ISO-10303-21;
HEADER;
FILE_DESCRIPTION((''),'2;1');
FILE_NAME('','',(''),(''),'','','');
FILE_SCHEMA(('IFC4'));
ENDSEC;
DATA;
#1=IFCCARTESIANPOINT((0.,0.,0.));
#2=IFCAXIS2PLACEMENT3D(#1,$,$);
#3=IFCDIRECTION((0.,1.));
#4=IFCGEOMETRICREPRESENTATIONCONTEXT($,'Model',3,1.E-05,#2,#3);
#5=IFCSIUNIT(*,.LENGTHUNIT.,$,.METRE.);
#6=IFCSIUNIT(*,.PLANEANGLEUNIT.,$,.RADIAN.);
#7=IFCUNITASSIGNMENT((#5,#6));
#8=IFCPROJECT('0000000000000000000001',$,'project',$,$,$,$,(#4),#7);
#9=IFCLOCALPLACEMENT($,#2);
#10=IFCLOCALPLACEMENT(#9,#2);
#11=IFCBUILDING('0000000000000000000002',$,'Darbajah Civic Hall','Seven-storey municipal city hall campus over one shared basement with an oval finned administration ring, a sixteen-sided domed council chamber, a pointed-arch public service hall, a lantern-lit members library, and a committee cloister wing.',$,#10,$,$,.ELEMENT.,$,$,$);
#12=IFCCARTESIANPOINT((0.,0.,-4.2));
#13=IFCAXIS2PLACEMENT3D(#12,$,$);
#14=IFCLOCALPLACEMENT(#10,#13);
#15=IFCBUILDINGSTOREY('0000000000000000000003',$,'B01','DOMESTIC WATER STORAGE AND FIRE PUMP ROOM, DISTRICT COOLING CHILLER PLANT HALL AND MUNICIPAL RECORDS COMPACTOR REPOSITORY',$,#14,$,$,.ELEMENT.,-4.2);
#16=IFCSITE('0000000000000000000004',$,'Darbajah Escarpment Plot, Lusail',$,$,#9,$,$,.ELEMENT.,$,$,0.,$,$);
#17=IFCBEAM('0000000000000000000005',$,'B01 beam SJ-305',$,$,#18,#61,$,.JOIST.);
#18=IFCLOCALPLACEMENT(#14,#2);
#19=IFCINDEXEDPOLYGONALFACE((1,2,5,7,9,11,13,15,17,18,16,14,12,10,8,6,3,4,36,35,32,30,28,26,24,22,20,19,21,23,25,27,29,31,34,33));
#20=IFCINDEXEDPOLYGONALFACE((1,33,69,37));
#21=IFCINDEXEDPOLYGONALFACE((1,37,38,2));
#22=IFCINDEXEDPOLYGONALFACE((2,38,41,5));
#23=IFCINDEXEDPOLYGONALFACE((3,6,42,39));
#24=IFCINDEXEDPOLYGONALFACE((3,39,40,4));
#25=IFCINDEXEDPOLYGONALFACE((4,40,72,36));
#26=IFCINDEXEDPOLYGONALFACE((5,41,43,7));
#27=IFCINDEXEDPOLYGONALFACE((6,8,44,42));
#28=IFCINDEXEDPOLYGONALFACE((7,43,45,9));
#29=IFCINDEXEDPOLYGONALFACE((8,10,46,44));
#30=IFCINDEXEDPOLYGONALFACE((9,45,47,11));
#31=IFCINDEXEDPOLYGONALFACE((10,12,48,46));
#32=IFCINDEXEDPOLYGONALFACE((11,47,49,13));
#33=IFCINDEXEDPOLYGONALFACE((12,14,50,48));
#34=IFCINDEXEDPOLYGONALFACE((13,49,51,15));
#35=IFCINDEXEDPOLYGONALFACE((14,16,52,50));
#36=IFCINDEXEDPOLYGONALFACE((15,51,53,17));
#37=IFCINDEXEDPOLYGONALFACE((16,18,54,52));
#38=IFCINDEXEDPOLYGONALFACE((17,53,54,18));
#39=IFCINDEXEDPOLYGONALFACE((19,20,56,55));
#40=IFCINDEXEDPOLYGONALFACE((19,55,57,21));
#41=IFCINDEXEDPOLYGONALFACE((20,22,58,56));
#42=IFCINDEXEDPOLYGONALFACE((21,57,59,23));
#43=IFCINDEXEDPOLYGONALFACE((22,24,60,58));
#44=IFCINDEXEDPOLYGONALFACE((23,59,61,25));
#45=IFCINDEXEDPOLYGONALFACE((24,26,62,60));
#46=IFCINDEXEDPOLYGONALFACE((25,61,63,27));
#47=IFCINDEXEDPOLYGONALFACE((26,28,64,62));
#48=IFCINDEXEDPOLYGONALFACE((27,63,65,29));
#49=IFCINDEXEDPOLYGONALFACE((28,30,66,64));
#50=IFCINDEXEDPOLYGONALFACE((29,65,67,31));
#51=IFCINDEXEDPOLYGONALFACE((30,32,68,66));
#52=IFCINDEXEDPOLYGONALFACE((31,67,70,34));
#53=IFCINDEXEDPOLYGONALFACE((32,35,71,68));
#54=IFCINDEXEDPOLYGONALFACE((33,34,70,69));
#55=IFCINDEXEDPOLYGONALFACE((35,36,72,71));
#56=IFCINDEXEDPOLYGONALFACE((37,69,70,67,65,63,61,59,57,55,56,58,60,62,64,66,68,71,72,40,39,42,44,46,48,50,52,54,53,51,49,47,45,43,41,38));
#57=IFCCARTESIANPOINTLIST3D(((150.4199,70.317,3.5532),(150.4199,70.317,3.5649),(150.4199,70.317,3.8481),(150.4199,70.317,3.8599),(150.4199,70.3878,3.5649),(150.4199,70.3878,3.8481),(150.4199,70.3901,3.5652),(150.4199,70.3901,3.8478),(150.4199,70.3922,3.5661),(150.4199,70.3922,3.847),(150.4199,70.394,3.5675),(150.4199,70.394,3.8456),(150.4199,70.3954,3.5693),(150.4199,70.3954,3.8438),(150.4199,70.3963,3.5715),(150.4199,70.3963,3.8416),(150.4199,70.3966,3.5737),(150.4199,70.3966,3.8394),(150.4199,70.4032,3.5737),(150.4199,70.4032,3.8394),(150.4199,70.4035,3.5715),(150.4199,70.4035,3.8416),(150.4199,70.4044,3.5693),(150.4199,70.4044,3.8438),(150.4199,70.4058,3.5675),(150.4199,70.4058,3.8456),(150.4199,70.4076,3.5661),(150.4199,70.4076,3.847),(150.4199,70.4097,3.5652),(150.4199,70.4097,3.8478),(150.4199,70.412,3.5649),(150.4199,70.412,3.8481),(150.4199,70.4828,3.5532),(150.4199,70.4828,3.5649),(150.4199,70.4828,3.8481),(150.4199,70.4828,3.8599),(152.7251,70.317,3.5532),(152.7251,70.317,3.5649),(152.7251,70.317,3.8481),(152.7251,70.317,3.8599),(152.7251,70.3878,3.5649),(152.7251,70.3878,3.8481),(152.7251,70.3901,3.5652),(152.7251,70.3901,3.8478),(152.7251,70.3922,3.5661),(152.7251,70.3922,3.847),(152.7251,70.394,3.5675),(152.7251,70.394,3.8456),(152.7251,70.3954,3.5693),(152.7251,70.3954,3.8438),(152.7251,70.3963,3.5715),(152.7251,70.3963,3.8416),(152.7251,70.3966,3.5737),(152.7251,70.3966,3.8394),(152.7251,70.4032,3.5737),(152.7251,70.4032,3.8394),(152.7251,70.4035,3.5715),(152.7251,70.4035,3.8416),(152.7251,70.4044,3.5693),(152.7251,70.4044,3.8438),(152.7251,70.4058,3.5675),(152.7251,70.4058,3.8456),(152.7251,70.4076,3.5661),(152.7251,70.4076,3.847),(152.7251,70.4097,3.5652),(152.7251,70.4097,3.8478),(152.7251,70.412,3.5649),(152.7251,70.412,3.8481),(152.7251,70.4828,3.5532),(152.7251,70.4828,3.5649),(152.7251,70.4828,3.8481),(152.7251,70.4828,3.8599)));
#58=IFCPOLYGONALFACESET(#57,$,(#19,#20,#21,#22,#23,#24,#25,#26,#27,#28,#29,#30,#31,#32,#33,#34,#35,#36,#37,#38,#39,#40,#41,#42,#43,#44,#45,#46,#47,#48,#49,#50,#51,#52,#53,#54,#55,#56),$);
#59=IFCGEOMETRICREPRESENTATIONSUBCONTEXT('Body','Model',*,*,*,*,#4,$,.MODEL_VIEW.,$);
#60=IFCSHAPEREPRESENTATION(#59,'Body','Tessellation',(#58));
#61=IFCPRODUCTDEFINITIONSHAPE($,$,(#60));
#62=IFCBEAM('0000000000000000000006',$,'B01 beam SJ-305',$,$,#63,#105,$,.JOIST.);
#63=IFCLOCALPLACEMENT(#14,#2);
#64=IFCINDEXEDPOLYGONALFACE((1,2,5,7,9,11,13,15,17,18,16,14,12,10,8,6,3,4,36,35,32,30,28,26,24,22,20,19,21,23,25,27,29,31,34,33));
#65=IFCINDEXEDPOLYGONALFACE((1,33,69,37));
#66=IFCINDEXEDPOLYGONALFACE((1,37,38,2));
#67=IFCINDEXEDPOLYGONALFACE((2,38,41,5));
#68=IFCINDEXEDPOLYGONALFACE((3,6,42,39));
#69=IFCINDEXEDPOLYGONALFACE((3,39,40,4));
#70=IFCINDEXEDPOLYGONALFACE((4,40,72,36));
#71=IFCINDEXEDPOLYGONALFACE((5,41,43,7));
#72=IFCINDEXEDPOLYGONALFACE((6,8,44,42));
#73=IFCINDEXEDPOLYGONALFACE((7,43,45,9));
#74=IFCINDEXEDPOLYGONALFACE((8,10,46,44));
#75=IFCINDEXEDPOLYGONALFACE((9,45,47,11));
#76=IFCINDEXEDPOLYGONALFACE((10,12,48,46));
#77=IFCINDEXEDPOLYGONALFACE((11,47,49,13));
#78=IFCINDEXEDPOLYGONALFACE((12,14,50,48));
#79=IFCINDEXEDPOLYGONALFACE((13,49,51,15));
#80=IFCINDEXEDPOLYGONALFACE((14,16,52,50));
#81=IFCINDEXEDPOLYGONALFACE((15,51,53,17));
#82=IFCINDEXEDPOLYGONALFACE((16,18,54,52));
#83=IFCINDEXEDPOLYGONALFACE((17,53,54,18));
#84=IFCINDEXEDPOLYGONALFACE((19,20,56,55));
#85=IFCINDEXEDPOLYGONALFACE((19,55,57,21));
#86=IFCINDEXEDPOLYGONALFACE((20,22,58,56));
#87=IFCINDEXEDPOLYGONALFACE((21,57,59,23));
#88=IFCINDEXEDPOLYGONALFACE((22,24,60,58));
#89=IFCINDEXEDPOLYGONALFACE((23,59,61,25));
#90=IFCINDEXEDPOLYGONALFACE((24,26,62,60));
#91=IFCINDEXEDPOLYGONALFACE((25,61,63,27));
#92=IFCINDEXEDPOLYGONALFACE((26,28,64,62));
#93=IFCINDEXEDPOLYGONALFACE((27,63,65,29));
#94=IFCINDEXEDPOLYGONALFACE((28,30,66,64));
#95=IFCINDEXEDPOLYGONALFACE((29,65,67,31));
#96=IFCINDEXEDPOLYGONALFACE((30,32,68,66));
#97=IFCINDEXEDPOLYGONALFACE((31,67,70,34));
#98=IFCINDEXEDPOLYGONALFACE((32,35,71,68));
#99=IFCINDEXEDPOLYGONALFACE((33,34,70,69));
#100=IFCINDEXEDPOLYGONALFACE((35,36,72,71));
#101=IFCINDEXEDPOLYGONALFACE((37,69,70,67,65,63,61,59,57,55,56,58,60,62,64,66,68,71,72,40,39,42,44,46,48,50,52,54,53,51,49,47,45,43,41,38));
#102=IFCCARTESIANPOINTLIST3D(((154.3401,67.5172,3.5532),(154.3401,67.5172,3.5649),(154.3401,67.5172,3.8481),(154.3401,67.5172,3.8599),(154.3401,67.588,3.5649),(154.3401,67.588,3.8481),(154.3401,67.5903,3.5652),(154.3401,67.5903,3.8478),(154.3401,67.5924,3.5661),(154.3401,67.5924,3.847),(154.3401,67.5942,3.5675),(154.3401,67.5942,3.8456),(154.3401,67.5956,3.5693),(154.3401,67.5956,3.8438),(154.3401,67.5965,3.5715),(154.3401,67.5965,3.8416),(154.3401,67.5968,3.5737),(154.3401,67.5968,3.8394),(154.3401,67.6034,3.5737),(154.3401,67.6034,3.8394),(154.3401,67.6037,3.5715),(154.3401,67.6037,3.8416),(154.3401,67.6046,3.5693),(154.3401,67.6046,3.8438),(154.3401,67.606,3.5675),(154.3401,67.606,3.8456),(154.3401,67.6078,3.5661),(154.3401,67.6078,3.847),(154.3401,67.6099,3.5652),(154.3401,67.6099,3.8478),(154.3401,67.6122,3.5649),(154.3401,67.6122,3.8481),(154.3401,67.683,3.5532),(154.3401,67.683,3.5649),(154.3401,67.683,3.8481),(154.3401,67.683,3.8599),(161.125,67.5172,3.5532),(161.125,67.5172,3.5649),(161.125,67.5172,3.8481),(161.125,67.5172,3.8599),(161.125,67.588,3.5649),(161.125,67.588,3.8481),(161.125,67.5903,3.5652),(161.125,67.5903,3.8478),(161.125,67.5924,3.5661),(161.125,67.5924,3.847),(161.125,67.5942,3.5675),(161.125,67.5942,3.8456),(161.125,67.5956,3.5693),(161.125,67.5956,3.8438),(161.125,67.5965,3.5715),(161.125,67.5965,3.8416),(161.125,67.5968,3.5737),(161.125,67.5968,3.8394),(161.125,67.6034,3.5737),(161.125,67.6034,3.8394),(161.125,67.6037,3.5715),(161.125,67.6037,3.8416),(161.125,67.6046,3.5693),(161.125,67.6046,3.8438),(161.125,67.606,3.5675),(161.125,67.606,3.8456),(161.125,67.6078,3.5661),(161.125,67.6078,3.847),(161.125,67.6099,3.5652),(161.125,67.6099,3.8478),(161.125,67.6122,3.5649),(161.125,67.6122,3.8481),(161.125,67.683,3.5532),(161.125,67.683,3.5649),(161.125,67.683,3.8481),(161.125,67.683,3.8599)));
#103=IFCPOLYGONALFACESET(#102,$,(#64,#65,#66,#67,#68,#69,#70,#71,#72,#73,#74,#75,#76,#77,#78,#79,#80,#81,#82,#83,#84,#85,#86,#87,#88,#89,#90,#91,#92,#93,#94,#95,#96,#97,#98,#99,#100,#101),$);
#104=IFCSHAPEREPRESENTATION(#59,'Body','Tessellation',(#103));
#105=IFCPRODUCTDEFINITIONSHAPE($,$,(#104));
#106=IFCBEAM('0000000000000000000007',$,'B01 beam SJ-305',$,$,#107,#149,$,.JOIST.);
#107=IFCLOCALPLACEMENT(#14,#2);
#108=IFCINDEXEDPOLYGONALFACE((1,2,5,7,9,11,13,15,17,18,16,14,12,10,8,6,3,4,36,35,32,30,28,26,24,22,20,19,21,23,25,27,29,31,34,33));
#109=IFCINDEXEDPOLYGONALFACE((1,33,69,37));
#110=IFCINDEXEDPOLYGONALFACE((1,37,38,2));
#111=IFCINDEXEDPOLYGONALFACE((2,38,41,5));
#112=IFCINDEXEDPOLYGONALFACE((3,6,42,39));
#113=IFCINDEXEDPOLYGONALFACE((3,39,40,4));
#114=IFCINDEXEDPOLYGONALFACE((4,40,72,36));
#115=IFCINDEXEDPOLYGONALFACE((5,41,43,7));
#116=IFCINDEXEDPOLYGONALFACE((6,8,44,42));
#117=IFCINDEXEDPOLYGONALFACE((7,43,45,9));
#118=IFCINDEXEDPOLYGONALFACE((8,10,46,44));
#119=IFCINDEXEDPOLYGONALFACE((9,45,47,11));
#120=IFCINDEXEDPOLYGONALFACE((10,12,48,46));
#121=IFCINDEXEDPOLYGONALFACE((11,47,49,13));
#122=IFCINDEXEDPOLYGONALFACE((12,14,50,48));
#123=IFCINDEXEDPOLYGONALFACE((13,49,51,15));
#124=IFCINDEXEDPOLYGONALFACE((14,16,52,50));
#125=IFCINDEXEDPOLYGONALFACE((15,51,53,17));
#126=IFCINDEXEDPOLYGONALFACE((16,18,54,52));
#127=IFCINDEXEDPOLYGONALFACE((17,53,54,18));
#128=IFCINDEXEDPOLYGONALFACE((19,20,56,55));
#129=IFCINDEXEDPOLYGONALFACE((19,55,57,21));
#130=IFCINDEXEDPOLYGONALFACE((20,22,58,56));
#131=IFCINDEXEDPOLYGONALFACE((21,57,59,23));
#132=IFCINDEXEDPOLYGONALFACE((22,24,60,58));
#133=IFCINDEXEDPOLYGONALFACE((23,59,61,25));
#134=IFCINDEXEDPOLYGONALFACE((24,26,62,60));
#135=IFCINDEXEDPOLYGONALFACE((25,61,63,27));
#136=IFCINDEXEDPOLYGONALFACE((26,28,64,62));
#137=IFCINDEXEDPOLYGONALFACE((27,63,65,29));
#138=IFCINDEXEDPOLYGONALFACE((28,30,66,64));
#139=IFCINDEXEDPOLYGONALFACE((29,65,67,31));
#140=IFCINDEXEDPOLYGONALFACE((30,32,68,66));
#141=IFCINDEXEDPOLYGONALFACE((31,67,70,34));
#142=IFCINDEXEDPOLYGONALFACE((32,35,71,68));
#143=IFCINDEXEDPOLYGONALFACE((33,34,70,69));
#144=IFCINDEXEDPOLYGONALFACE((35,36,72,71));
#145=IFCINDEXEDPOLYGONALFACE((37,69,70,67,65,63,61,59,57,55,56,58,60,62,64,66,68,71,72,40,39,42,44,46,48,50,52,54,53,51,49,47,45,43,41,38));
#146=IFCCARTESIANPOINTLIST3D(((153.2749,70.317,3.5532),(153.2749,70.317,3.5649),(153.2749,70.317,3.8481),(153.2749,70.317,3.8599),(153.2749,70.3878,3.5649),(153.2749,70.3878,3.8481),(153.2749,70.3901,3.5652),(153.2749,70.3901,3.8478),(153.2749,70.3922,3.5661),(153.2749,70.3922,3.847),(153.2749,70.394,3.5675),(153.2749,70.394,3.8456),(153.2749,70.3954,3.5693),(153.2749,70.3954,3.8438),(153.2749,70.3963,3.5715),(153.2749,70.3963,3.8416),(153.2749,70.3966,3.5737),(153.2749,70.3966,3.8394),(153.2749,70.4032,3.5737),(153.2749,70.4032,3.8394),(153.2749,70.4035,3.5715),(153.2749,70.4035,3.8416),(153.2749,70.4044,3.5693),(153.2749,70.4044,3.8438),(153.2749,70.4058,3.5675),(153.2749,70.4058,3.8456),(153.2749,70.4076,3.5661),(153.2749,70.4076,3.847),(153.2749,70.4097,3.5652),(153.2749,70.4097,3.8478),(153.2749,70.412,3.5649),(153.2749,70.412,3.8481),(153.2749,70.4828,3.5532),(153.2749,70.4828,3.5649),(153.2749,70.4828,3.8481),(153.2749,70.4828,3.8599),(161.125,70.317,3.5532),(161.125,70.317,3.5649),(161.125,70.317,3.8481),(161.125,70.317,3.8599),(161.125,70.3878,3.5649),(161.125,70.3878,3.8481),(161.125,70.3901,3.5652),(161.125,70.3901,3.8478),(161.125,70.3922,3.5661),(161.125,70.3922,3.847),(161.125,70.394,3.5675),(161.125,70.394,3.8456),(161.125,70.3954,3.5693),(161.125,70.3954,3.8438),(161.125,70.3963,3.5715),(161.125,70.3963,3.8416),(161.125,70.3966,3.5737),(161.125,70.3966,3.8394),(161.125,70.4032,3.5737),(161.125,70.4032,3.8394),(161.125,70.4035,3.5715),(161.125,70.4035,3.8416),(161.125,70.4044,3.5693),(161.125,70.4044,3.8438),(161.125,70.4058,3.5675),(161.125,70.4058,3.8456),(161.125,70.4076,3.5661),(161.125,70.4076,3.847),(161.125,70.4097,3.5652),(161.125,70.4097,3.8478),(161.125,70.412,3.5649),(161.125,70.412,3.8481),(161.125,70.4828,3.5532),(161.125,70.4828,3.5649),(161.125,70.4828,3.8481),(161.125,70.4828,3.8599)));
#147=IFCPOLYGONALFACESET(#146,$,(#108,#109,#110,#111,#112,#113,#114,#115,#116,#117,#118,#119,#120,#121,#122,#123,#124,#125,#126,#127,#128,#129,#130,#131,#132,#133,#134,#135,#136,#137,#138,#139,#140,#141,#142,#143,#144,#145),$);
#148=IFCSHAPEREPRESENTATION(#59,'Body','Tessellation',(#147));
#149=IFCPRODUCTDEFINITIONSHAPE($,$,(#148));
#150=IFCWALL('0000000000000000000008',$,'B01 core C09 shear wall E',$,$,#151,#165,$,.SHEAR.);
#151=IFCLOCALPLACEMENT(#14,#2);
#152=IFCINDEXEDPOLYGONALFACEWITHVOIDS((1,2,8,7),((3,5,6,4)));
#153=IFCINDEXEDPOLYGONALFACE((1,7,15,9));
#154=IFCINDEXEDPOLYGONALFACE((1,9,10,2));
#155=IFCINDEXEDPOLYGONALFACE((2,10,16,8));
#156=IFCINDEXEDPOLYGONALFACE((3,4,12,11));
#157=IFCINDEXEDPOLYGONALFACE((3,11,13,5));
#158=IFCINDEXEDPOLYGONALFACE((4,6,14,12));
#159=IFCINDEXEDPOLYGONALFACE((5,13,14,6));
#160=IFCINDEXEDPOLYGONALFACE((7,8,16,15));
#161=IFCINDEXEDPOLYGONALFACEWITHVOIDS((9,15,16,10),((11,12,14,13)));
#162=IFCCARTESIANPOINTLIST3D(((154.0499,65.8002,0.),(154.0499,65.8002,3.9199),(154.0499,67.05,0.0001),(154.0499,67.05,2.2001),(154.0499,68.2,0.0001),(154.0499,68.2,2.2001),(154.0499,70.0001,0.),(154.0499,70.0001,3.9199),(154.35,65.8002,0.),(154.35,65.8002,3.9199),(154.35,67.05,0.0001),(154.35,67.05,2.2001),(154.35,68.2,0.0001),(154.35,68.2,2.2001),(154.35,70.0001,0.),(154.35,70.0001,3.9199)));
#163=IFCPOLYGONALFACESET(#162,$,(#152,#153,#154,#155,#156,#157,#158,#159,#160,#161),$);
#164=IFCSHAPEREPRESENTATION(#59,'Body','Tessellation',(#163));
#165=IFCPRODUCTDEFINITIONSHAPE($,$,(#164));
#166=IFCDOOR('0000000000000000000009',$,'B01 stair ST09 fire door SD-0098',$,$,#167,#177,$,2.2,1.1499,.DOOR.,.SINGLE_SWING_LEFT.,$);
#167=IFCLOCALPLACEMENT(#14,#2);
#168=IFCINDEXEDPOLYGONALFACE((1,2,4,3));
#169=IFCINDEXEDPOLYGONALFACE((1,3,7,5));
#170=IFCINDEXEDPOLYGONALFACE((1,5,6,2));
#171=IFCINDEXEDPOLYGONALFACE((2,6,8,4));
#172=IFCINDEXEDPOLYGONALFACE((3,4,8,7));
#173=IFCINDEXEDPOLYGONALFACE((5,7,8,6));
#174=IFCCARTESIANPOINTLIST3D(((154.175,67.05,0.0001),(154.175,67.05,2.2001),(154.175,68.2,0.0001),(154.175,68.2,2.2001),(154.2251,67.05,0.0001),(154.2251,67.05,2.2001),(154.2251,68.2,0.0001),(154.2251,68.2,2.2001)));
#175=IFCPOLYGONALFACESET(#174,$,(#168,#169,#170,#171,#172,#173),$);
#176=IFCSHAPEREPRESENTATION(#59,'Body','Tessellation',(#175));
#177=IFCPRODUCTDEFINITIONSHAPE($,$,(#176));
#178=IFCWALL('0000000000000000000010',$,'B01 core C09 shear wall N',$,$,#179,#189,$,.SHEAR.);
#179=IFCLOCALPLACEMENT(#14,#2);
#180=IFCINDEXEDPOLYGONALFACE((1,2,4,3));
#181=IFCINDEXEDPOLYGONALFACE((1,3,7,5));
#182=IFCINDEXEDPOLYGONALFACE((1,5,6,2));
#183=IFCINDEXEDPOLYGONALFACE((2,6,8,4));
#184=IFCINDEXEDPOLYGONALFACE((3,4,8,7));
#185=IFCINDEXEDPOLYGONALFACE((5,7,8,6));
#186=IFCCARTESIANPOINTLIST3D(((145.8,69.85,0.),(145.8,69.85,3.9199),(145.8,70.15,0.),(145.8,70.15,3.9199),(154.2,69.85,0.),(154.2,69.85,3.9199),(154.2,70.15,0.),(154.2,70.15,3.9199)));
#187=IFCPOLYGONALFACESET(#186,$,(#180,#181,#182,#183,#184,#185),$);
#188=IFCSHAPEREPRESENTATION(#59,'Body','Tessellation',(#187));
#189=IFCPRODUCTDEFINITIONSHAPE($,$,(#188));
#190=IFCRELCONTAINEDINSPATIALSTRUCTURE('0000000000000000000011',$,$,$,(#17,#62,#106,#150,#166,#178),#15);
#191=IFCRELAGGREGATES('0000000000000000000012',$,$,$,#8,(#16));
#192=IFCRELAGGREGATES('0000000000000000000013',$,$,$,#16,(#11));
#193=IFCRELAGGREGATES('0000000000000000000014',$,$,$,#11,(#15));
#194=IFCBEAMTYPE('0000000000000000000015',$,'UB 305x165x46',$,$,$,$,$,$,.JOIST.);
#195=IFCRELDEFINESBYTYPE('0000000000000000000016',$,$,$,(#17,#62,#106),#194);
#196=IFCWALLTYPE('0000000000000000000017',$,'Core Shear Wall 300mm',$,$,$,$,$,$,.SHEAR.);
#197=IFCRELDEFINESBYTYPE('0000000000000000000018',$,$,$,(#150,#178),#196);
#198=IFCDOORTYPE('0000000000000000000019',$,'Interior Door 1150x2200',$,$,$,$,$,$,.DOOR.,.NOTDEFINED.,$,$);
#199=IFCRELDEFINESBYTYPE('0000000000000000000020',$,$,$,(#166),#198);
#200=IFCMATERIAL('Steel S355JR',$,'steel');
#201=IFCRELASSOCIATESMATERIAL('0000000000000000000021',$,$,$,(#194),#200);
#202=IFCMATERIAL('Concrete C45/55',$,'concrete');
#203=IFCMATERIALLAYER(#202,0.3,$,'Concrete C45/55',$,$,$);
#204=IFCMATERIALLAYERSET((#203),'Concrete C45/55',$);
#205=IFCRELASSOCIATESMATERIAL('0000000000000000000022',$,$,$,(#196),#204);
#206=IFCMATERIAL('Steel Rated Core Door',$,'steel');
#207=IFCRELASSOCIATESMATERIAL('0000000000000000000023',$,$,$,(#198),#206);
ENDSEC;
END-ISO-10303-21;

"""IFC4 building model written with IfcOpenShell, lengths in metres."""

from ifc_helpers import new_model, si_unit, direction, frame, frame_2d, origin, origin_2d, place, context, subcontext, project, spatial, rectangle, i_section, extrude, material, layer, layer_set, material_profile, profile_set, type_object, element, fill, save


model = new_model("IFC4")

# Units and contexts
model_context = context("Model", 3, precision=1e-05, world=origin(), true_north=direction((0.0, 1.0)))
body_context = subcontext(model_context, "Body", "Model", "MODEL_VIEW")
ifc_project = project(units=[si_unit("LENGTHUNIT", "METRE"), si_unit("PLANEANGLEUNIT", "RADIAN")], contexts=[model_context])

# Site, building, storey
site_placement = place(None, origin())
site = spatial("IfcSite", under=ifc_project, at=site_placement, Name="Darbajah Escarpment Plot, Lusail", CompositionType="ELEMENT", RefElevation=0.0)
building_placement = place(site_placement, origin())
building = spatial("IfcBuilding", under=site, at=building_placement, Name="Darbajah Civic Hall", Description="Seven-storey municipal city hall campus over one shared basement with an oval finned administration ring, a sixteen-sided domed council chamber, a pointed-arch public service hall, a lantern-lit members library, and a committee cloister wing.", CompositionType="ELEMENT")
storey_placement = place(building_placement, frame((0.0, 0.0, -4.2)))
storey = spatial("IfcBuildingStorey", under=building, at=storey_placement, Name="B01", Description="DOMESTIC WATER STORAGE AND FIRE PUMP ROOM, DISTRICT COOLING CHILLER PLANT HALL AND MUNICIPAL RECORDS COMPACTOR REPOSITORY", CompositionType="ELEMENT", Elevation=-4.2)

# Shared definitions
ifc_material_1 = material(Name="Concrete C45/55", Category="concrete")

# Beams
ifc_material_2 = material(Name="Steel S355JR", Category="steel")
ifc_material_profile_1 = material_profile(ifc_material_2, i_section(OverallWidth=0.1658, OverallDepth=0.3066, WebThickness=0.0066, FlangeThickness=0.0117, FilletRadius=0.0088, at=origin_2d()), Name="UB 305x165x46")
ifc_profile_set_1 = profile_set([ifc_material_profile_1], Name="Steel S355JR")
beam_type_1 = type_object("IfcBeamType", Name="UB 305x165x46", PredefinedType="JOIST", material=ifc_profile_set_1)
beam_1_placement = place(storey_placement, frame((150.4199, 70.3999, 3.7065), z_axis=(1.0, 0.0, 0.0), x_axis=(0.0, 1.0, 0.0)))
element("IfcBeam", 1, at=beam_1_placement, inside=storey, type_object=beam_type_1, Name="B01 beam SJ-305", PredefinedType="JOIST", context=body_context, shape_type="SweptSolid", body=[
    extrude(i_section(OverallWidth=0.1658, OverallDepth=0.3066, WebThickness=0.0066, FlangeThickness=0.0117, FilletRadius=0.0088, at=origin_2d()), origin(), (0.0, 0.0, 1.0), 2.3052),
])
beam_2_placement = place(storey_placement, frame((154.3401, 67.6001, 3.7065), z_axis=(1.0, 0.0, 0.0), x_axis=(0.0, 1.0, 0.0)))
element("IfcBeam", 2, at=beam_2_placement, inside=storey, type_object=beam_type_1, Name="B01 beam SJ-305", PredefinedType="JOIST", context=body_context, shape_type="SweptSolid", body=[
    extrude(i_section(OverallWidth=0.1658, OverallDepth=0.3066, WebThickness=0.0066, FlangeThickness=0.0117, FilletRadius=0.0088, at=origin_2d()), origin(), (0.0, 0.0, 1.0), 6.7849),
])
beam_3_placement = place(storey_placement, frame((153.2749, 70.3999, 3.7065), z_axis=(1.0, 0.0, 0.0), x_axis=(0.0, 1.0, 0.0)))
element("IfcBeam", 3, at=beam_3_placement, inside=storey, type_object=beam_type_1, Name="B01 beam SJ-305", PredefinedType="JOIST", context=body_context, shape_type="SweptSolid", body=[
    extrude(i_section(OverallWidth=0.1658, OverallDepth=0.3066, WebThickness=0.0066, FlangeThickness=0.0117, FilletRadius=0.0088, at=origin_2d()), origin(), (0.0, 0.0, 1.0), 7.8501),
])

# Wall, opening, door
ifc_layer = layer(ifc_material_1, 0.3, Name="Concrete C45/55")
ifc_layer_set = layer_set([ifc_layer], Name="Concrete C45/55")
wall_type = type_object("IfcWallType", Name="Core Shear Wall 300mm", PredefinedType="SHEAR", material=ifc_layer_set)
wall_1_placement = place(storey_placement, frame((154.2, 65.8, 0.0), z_axis=(0.0, 0.0, 1.0), x_axis=(0.0, 1.0, 0.0)))
wall_1 = element("IfcWall", 4, at=wall_1_placement, inside=storey, type_object=wall_type, Name="B01 core C09 shear wall E", PredefinedType="SHEAR", context=body_context, shape_type="SweptSolid", body=[
    extrude(rectangle(XDim=4.2, YDim=0.3, at=frame_2d((2.1001, 0.0))), origin(), (0.0, 0.0, 1.0), 3.9199),
])
opening_1_placement = place(wall_1_placement, frame((1.25, 0.0, 0.0)))
opening_1 = element("IfcOpeningElement", 5, at=opening_1_placement, cuts=wall_1, PredefinedType="OPENING", context=body_context, shape_type="SweptSolid", body=[
    extrude(rectangle(XDim=1.1499, YDim=2.2, at=frame_2d((0.575, 1.1001))), frame((0.0, 0.1599, 0.0), z_axis=(0.0, -1.0, 0.0), x_axis=(1.0, 0.0, 0.0)), (0.0, 0.0, 1.0), 0.3201),
])
ifc_material_3 = material(Name="Steel Rated Core Door", Category="steel")
door_type_1 = type_object("IfcDoorType", Name="Interior Door 1150x2200", OperationType="NOTDEFINED", PredefinedType="DOOR", material=ifc_material_3)
door_1_placement = place(opening_1_placement, origin())
door_1 = element("IfcDoor", 6, at=door_1_placement, inside=storey, type_object=door_type_1, Name="B01 stair ST09 fire door SD-0098", OperationType="SINGLE_SWING_LEFT", OverallHeight=2.2, OverallWidth=1.1499, PredefinedType="DOOR", context=body_context, shape_type="SweptSolid", body=[
    extrude(rectangle(XDim=1.1499, YDim=2.2, at=frame_2d((0.575, 1.1001))), frame((0.0, 0.0249, 0.0), z_axis=(0.0, -1.0, 0.0), x_axis=(1.0, 0.0, 0.0)), (0.0, 0.0, 1.0), 0.05),
])
fill(opening_1, door_1)

# Wall
wall_2_placement = place(storey_placement, frame((154.2, 70.0, 0.0), z_axis=(0.0, 0.0, 1.0), x_axis=(-1.0, 0.0, 0.0)))
element("IfcWall", 7, at=wall_2_placement, inside=storey, type_object=wall_type, Name="B01 core C09 shear wall N", PredefinedType="SHEAR", context=body_context, shape_type="SweptSolid", body=[
    extrude(rectangle(XDim=8.3999, YDim=0.3, at=frame_2d((4.2, 0.0))), origin(), (0.0, 0.0, 1.0), 3.9199),
])

save(model, "model.ifc")
